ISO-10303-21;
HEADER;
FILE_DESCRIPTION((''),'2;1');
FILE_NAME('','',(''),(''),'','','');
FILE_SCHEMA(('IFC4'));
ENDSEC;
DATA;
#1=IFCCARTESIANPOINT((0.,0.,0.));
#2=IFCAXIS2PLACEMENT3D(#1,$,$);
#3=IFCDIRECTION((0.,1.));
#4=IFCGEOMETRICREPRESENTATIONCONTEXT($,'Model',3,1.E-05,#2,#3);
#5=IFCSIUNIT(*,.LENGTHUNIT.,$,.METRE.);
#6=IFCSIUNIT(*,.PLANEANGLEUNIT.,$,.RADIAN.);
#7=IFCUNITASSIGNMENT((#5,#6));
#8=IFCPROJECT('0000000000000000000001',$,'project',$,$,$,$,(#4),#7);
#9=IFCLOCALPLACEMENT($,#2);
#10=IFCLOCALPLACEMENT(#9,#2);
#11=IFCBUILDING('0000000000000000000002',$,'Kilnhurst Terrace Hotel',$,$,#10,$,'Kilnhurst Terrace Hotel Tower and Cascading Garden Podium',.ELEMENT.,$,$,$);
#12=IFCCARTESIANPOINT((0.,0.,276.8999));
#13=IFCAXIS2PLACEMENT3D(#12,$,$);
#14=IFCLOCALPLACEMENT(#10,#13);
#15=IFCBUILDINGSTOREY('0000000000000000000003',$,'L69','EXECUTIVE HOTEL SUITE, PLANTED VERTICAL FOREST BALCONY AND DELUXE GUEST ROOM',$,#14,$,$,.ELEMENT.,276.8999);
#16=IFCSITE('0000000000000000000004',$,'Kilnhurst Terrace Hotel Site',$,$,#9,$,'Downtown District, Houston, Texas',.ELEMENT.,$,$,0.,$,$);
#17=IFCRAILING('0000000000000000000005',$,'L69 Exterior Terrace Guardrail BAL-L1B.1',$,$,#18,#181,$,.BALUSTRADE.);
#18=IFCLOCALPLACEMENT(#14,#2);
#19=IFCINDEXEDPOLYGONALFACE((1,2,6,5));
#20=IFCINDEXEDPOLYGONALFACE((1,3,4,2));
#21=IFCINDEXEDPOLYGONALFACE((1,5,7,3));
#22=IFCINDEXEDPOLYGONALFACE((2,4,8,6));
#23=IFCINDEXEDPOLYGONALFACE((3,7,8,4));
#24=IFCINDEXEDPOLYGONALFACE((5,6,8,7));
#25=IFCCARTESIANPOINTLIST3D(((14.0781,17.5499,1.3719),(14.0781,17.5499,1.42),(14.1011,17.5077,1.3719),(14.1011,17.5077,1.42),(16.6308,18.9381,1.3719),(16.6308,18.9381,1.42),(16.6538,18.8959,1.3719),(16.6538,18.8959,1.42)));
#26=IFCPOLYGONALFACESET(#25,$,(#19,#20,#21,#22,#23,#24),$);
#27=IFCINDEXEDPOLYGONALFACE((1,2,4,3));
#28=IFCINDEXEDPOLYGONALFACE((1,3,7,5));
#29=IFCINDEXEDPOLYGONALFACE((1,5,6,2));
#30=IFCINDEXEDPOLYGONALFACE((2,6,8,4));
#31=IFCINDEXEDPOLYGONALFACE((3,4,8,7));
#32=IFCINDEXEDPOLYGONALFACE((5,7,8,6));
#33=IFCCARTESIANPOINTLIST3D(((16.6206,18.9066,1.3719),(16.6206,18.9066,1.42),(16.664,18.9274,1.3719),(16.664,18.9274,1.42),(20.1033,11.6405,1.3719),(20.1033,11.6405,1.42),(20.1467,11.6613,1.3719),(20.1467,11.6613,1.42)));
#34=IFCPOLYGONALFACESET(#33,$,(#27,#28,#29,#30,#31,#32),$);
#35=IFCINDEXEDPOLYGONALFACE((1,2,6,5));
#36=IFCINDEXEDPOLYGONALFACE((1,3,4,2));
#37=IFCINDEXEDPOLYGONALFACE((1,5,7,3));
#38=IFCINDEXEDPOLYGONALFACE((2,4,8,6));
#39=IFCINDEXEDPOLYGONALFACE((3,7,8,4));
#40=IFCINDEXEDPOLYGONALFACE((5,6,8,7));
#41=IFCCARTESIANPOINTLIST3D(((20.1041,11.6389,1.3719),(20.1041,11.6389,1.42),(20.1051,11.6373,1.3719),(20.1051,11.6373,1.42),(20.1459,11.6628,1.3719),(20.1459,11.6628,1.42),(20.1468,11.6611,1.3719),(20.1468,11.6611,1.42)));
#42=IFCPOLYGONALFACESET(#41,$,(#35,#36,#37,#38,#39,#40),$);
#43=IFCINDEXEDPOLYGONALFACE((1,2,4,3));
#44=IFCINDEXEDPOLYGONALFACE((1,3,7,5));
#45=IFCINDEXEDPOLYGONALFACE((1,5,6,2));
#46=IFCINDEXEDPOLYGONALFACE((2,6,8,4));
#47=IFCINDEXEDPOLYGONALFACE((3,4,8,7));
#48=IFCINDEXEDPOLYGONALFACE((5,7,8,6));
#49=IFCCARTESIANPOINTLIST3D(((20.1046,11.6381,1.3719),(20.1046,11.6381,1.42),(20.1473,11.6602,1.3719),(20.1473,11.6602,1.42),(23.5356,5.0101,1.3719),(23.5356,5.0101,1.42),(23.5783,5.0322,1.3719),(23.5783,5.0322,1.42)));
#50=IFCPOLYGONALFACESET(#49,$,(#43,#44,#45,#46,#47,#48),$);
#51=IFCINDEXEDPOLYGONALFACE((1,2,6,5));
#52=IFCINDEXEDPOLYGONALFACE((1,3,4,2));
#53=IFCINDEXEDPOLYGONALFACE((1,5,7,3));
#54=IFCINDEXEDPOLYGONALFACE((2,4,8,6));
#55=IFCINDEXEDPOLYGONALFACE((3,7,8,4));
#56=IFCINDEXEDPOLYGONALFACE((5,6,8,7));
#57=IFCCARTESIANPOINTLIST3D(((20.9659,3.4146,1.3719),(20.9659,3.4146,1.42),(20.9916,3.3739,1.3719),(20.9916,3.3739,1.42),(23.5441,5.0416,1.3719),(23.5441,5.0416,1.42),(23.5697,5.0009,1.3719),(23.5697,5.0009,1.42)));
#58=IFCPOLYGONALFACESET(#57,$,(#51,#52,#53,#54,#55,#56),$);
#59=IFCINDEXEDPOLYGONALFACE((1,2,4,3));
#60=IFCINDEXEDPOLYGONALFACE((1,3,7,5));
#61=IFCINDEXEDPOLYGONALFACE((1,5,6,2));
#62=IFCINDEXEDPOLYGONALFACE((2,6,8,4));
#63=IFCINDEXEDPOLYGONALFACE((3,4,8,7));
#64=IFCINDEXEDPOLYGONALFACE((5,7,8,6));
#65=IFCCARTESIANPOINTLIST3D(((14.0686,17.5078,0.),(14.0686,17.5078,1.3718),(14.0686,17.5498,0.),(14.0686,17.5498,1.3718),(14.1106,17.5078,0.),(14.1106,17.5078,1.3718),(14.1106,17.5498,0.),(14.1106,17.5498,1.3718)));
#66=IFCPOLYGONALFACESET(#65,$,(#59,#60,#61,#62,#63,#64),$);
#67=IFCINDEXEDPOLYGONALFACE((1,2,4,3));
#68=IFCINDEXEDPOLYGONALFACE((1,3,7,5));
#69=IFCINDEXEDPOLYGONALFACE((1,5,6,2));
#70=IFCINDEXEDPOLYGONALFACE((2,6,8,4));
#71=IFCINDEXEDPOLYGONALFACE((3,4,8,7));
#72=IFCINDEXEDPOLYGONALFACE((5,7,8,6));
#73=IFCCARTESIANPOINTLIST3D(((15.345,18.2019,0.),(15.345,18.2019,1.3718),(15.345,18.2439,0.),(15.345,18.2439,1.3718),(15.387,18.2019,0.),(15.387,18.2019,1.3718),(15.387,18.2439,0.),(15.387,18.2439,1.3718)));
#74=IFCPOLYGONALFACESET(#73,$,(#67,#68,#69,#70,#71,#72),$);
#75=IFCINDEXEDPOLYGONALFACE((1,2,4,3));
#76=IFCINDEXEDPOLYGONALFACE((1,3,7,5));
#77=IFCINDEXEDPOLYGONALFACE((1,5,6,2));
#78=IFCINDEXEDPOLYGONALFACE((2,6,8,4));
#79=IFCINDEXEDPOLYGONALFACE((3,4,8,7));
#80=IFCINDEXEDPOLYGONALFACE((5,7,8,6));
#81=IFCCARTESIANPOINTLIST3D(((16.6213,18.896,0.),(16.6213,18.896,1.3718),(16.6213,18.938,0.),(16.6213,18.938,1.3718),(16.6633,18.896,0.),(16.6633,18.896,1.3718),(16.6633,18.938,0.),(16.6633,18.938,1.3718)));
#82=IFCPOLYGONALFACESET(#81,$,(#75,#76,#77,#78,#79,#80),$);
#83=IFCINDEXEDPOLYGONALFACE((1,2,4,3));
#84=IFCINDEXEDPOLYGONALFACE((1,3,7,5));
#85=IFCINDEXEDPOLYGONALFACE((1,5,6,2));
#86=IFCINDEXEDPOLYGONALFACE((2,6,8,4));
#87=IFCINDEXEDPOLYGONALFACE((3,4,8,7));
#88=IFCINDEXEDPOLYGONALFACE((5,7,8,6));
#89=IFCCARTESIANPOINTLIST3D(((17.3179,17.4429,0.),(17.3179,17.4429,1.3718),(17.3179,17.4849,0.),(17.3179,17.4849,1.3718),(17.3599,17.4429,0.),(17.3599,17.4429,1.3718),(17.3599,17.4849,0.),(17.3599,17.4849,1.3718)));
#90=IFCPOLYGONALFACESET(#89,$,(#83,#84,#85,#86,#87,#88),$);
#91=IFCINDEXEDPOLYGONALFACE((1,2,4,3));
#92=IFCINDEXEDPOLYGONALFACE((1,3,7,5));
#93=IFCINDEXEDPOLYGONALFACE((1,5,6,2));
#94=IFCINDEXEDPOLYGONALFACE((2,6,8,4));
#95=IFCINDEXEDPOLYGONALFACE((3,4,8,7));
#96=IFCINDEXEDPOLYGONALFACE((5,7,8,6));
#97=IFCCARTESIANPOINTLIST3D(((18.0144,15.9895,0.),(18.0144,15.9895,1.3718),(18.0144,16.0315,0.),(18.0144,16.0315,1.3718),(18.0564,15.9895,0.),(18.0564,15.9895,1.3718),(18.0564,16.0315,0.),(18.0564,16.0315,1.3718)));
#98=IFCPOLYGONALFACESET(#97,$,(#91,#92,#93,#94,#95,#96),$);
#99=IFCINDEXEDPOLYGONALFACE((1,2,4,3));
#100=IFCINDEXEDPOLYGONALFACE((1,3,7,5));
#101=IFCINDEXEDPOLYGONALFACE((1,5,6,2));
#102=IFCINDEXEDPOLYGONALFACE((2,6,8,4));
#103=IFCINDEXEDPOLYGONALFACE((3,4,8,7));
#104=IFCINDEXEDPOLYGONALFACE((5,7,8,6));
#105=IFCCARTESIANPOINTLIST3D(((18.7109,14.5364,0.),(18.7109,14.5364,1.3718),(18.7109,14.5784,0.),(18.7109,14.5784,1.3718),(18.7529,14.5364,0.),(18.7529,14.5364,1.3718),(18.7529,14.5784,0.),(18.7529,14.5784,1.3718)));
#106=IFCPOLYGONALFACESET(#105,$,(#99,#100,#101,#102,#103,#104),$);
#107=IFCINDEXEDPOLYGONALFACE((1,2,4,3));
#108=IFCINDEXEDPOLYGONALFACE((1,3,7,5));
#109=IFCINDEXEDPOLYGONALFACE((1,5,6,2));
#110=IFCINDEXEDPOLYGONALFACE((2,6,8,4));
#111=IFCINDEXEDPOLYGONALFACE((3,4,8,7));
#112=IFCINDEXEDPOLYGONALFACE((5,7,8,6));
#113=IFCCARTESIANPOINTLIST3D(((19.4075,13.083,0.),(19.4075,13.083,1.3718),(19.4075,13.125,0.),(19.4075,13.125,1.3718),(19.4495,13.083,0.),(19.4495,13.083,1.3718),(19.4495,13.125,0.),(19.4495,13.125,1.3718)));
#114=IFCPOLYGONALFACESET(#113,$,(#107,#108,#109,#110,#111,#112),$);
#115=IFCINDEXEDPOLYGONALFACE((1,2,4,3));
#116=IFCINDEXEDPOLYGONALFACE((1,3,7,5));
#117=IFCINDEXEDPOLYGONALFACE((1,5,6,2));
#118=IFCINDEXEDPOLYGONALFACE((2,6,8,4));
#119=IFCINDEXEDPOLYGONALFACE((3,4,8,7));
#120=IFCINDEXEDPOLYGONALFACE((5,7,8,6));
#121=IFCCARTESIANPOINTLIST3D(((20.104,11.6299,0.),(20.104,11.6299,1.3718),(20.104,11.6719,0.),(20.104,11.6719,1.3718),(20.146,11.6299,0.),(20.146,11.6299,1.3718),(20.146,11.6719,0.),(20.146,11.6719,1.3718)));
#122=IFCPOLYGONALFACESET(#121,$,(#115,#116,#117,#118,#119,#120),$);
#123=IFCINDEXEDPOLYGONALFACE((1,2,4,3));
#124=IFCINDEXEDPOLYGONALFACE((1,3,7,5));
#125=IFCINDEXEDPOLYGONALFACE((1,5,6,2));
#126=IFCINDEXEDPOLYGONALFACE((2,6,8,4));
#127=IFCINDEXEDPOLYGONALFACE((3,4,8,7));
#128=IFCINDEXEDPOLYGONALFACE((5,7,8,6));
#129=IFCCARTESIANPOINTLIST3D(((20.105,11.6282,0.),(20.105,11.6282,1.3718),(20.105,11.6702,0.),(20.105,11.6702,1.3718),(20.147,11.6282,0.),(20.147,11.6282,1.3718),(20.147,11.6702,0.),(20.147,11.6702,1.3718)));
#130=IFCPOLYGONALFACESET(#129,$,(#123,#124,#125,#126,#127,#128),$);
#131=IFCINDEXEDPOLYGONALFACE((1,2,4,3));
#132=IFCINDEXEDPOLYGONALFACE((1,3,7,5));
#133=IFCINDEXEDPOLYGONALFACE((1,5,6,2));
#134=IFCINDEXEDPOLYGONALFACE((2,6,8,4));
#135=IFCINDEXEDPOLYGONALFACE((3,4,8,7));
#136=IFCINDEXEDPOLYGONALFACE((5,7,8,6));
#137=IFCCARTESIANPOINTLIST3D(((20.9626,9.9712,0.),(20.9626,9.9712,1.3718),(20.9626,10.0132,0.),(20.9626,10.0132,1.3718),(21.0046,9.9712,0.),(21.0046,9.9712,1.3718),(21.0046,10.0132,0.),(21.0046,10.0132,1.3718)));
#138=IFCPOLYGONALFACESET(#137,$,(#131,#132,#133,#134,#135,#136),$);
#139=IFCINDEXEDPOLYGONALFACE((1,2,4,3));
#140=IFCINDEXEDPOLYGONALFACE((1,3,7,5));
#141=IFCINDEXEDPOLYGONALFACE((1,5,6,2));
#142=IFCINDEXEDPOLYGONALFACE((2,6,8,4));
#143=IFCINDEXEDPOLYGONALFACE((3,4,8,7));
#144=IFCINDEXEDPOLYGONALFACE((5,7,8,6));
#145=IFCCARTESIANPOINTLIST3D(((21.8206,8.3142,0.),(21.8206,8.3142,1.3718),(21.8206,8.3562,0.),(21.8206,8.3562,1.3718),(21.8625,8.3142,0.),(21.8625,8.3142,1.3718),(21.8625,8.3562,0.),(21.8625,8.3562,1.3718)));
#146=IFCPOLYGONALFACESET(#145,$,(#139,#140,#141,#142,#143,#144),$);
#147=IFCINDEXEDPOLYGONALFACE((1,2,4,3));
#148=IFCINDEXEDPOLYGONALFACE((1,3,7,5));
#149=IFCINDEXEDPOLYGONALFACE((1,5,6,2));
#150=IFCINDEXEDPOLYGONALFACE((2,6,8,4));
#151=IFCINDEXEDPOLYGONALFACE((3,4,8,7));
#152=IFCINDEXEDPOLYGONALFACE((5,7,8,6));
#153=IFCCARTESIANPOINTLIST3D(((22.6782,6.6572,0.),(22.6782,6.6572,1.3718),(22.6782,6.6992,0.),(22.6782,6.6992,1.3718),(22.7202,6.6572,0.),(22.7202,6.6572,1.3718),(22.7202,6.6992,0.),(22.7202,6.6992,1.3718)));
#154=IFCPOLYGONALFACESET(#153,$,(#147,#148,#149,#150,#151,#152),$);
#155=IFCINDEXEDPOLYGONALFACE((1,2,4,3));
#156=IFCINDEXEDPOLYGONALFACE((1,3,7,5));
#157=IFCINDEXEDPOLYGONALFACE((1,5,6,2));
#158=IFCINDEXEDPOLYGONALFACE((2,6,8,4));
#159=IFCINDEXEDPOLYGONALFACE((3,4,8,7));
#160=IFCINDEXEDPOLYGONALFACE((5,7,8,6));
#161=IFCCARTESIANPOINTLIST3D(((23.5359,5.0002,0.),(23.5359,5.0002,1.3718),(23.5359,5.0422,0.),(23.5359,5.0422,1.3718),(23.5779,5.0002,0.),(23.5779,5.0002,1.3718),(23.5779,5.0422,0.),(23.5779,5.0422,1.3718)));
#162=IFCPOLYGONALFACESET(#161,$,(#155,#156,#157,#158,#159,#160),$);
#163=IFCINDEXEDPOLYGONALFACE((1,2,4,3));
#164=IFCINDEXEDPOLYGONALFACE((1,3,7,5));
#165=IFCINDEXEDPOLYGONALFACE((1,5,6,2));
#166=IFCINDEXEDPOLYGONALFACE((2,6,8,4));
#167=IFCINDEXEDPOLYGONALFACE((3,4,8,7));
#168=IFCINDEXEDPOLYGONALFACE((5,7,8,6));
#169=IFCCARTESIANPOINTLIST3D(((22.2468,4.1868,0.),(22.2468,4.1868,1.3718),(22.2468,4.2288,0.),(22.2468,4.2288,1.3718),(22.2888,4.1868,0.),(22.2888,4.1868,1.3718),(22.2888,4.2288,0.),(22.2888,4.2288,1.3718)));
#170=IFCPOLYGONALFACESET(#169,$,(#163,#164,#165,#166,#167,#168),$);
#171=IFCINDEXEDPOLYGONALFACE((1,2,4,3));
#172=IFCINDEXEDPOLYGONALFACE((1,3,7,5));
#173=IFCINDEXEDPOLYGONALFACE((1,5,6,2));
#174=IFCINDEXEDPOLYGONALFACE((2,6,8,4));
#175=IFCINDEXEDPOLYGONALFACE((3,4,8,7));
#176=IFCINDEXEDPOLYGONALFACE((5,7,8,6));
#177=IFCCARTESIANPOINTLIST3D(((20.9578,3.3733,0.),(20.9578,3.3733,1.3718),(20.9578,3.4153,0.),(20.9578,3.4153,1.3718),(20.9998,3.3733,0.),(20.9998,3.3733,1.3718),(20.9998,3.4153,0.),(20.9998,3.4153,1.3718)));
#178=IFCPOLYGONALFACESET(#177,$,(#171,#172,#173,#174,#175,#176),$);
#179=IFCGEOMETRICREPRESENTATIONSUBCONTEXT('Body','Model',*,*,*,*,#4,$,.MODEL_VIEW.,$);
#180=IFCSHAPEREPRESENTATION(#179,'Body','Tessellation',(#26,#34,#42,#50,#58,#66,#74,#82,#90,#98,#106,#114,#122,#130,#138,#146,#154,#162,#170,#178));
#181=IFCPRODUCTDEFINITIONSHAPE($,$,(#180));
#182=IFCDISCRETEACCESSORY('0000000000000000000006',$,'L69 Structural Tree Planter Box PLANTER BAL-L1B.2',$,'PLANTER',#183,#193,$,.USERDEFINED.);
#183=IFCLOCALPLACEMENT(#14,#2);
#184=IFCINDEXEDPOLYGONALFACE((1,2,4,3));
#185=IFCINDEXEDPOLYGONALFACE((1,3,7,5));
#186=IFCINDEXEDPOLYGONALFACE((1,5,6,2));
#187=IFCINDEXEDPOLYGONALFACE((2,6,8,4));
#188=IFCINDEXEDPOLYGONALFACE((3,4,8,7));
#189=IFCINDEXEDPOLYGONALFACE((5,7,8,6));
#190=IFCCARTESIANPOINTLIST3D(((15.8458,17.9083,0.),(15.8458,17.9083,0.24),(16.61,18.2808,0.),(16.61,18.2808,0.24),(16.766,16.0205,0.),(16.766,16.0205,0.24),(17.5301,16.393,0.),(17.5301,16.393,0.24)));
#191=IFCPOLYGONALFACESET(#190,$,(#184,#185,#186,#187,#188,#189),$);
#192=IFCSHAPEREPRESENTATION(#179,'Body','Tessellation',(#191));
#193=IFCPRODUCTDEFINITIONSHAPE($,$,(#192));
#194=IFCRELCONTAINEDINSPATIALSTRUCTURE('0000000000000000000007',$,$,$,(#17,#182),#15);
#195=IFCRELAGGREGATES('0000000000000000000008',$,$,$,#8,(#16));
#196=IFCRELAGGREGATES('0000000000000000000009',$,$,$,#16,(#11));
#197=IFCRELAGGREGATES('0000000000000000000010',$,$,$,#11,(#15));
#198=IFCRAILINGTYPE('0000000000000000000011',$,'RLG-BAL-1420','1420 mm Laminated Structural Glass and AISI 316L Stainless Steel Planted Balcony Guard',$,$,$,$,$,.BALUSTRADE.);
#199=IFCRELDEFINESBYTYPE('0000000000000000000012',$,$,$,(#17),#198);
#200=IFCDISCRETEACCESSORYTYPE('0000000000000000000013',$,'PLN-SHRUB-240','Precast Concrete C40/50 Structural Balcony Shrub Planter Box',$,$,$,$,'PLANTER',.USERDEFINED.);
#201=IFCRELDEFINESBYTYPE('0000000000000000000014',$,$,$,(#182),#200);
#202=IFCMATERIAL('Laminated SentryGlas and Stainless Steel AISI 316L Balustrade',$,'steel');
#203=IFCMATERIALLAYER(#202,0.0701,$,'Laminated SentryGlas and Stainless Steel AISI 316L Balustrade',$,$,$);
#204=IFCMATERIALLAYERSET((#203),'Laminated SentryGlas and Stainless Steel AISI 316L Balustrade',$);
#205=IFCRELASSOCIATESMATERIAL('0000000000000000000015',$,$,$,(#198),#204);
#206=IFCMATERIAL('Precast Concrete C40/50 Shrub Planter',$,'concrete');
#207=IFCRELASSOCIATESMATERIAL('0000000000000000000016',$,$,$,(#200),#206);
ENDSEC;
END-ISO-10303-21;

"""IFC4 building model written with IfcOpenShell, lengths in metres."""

from ifc_helpers import new_model, si_unit, direction, frame, origin, origin_2d, place, context, subcontext, project, spatial, rectangle, extrude, material, layer, layer_set, type_object, element, save


model = new_model("IFC4")

# Units and contexts
model_context = context("Model", 3, precision=1e-05, world=origin(), true_north=direction((0.0, 1.0)))
body_context = subcontext(model_context, "Body", "Model", "MODEL_VIEW")
ifc_project = project(units=[si_unit("LENGTHUNIT", "METRE"), si_unit("PLANEANGLEUNIT", "RADIAN")], contexts=[model_context])

# Site, building, storey
site_placement = place(None, origin())
site = spatial("IfcSite", under=ifc_project, at=site_placement, Name="Kilnhurst Terrace Hotel Site", LongName="Downtown District, Houston, Texas", CompositionType="ELEMENT", RefElevation=0.0)
building_placement = place(site_placement, origin())
building = spatial("IfcBuilding", under=site, at=building_placement, Name="Kilnhurst Terrace Hotel", LongName="Kilnhurst Terrace Hotel Tower and Cascading Garden Podium", CompositionType="ELEMENT")
storey_placement = place(building_placement, frame((0.0, 0.0, 276.8999)))
storey = spatial("IfcBuildingStorey", under=building, at=storey_placement, Name="L69", Description="EXECUTIVE HOTEL SUITE, PLANTED VERTICAL FOREST BALCONY AND DELUXE GUEST ROOM", CompositionType="ELEMENT", Elevation=276.8999)

# Railing
ifc_material_1 = material(Name="Laminated SentryGlas and Stainless Steel AISI 316L Balustrade", Category="steel")
ifc_layer_1 = layer(ifc_material_1, 0.0701, Name="Laminated SentryGlas and Stainless Steel AISI 316L Balustrade")
ifc_layer_set_1 = layer_set([ifc_layer_1], Name="Laminated SentryGlas and Stainless Steel AISI 316L Balustrade")
railing_type = type_object("IfcRailingType", Name="RLG-BAL-1420", Description="1420 mm Laminated Structural Glass and AISI 316L Stainless Steel Planted Balcony Guard", PredefinedType="BALUSTRADE", material=ifc_layer_set_1)
railing_placement = place(storey_placement, frame((14.0896, 17.5288, 0.0)))
element("IfcRailing", 1, at=railing_placement, inside=storey, type_object=railing_type, Name="L69 Exterior Terrace Guardrail BAL-L1B.1", PredefinedType="BALUSTRADE", context=body_context, shape_type="SweptSolid", body=[
    extrude(rectangle(XDim=0.0481, YDim=0.0481, at=origin_2d()), frame((0.0, 0.0, 1.396), z_axis=(0.878505, 0.477733, 0.0), x_axis=(-0.477733, 0.878505, 0.0)), (0.0, 0.0, 1.0), 2.9058),
    extrude(rectangle(XDim=0.0481, YDim=0.0481, at=origin_2d()), frame((2.5527, 1.3882, 1.396), z_axis=(0.43222, -0.901768, 0.0), x_axis=(0.901768, 0.43222, 0.0)), (0.0, 0.0, 1.0), 8.0576),
    extrude(rectangle(XDim=0.0481, YDim=0.0481, at=origin_2d()), frame((6.0354, -5.8779, 1.396), z_axis=(0.496139, -0.868243, 0.0), x_axis=(0.868243, 0.496139, 0.0)), (0.0, 0.0, 1.0), 0.002),
    extrude(rectangle(XDim=0.0481, YDim=0.0481, at=origin_2d()), frame((6.0364, -5.8796, 1.396), z_axis=(0.459705, -0.888072, 0.0), x_axis=(0.888072, 0.459705, 0.0)), (0.0, 0.0, 1.0), 7.4634),
    extrude(rectangle(XDim=0.0481, YDim=0.0481, at=origin_2d()), frame((9.4673, -12.5076, 1.396), z_axis=(-0.845687, -0.53368, 0.0), x_axis=(0.53368, -0.845687, 0.0)), (0.0, 0.0, 1.0), 3.0486),
    extrude(rectangle(XDim=0.042, YDim=0.042, at=origin_2d()), origin(), (0.0, 0.0, 1.0), 1.3718),
    extrude(rectangle(XDim=0.042, YDim=0.042, at=origin_2d()), frame((1.2764, 0.6941, 0.0)), (0.0, 0.0, 1.0), 1.3718),
    extrude(rectangle(XDim=0.042, YDim=0.042, at=origin_2d()), frame((2.5527, 1.3882, 0.0)), (0.0, 0.0, 1.0), 1.3718),
    extrude(rectangle(XDim=0.042, YDim=0.042, at=origin_2d()), frame((3.2493, -0.0649, 0.0)), (0.0, 0.0, 1.0), 1.3718),
    extrude(rectangle(XDim=0.042, YDim=0.042, at=origin_2d()), frame((3.9458, -1.5183, 0.0)), (0.0, 0.0, 1.0), 1.3718),
    extrude(rectangle(XDim=0.042, YDim=0.042, at=origin_2d()), frame((4.6423, -2.9714, 0.0)), (0.0, 0.0, 1.0), 1.3718),
    extrude(rectangle(XDim=0.042, YDim=0.042, at=origin_2d()), frame((5.3389, -4.4248, 0.0)), (0.0, 0.0, 1.0), 1.3718),
    extrude(rectangle(XDim=0.042, YDim=0.042, at=origin_2d()), frame((6.0354, -5.8779, 0.0)), (0.0, 0.0, 1.0), 1.3718),
    extrude(rectangle(XDim=0.042, YDim=0.042, at=origin_2d()), frame((6.0364, -5.8796, 0.0)), (0.0, 0.0, 1.0), 1.3718),
    extrude(rectangle(XDim=0.042, YDim=0.042, at=origin_2d()), frame((6.894, -7.5366, 0.0)), (0.0, 0.0, 1.0), 1.3718),
    extrude(rectangle(XDim=0.042, YDim=0.042, at=origin_2d()), frame((7.752, -9.1936, 0.0)), (0.0, 0.0, 1.0), 1.3718),
    extrude(rectangle(XDim=0.042, YDim=0.042, at=origin_2d()), frame((8.6096, -10.8506, 0.0)), (0.0, 0.0, 1.0), 1.3718),
    extrude(rectangle(XDim=0.042, YDim=0.042, at=origin_2d()), frame((9.4673, -12.5076, 0.0)), (0.0, 0.0, 1.0), 1.3718),
    extrude(rectangle(XDim=0.042, YDim=0.042, at=origin_2d()), frame((8.1782, -13.321, 0.0)), (0.0, 0.0, 1.0), 1.3718),
    extrude(rectangle(XDim=0.042, YDim=0.042, at=origin_2d()), frame((6.8892, -14.1345, 0.0)), (0.0, 0.0, 1.0), 1.3718),
])

# Discrete accessory
ifc_material_2 = material(Name="Precast Concrete C40/50 Shrub Planter", Category="concrete")
discrete_accessory_type = type_object("IfcDiscreteAccessoryType", Name="PLN-SHRUB-240", Description="Precast Concrete C40/50 Structural Balcony Shrub Planter Box", ElementType="PLANTER", PredefinedType="USERDEFINED", material=ifc_material_2)
discrete_accessory_placement = place(storey_placement, frame((16.688, 17.1506, 0.0), z_axis=(0.0, 0.0, 1.0), x_axis=(-0.438136, 0.898909, 0.0)))
element("IfcDiscreteAccessory", 2, at=discrete_accessory_placement, inside=storey, type_object=discrete_accessory_type, Name="L69 Structural Tree Planter Box PLANTER BAL-L1B.2", ObjectType="PLANTER", PredefinedType="USERDEFINED", context=body_context, shape_type="SweptSolid", body=[
    extrude(rectangle(XDim=2.1001, YDim=0.8501, at=origin_2d()), origin(), (0.0, 0.0, 1.0), 0.24),
])

save(model, "model.ifc")
